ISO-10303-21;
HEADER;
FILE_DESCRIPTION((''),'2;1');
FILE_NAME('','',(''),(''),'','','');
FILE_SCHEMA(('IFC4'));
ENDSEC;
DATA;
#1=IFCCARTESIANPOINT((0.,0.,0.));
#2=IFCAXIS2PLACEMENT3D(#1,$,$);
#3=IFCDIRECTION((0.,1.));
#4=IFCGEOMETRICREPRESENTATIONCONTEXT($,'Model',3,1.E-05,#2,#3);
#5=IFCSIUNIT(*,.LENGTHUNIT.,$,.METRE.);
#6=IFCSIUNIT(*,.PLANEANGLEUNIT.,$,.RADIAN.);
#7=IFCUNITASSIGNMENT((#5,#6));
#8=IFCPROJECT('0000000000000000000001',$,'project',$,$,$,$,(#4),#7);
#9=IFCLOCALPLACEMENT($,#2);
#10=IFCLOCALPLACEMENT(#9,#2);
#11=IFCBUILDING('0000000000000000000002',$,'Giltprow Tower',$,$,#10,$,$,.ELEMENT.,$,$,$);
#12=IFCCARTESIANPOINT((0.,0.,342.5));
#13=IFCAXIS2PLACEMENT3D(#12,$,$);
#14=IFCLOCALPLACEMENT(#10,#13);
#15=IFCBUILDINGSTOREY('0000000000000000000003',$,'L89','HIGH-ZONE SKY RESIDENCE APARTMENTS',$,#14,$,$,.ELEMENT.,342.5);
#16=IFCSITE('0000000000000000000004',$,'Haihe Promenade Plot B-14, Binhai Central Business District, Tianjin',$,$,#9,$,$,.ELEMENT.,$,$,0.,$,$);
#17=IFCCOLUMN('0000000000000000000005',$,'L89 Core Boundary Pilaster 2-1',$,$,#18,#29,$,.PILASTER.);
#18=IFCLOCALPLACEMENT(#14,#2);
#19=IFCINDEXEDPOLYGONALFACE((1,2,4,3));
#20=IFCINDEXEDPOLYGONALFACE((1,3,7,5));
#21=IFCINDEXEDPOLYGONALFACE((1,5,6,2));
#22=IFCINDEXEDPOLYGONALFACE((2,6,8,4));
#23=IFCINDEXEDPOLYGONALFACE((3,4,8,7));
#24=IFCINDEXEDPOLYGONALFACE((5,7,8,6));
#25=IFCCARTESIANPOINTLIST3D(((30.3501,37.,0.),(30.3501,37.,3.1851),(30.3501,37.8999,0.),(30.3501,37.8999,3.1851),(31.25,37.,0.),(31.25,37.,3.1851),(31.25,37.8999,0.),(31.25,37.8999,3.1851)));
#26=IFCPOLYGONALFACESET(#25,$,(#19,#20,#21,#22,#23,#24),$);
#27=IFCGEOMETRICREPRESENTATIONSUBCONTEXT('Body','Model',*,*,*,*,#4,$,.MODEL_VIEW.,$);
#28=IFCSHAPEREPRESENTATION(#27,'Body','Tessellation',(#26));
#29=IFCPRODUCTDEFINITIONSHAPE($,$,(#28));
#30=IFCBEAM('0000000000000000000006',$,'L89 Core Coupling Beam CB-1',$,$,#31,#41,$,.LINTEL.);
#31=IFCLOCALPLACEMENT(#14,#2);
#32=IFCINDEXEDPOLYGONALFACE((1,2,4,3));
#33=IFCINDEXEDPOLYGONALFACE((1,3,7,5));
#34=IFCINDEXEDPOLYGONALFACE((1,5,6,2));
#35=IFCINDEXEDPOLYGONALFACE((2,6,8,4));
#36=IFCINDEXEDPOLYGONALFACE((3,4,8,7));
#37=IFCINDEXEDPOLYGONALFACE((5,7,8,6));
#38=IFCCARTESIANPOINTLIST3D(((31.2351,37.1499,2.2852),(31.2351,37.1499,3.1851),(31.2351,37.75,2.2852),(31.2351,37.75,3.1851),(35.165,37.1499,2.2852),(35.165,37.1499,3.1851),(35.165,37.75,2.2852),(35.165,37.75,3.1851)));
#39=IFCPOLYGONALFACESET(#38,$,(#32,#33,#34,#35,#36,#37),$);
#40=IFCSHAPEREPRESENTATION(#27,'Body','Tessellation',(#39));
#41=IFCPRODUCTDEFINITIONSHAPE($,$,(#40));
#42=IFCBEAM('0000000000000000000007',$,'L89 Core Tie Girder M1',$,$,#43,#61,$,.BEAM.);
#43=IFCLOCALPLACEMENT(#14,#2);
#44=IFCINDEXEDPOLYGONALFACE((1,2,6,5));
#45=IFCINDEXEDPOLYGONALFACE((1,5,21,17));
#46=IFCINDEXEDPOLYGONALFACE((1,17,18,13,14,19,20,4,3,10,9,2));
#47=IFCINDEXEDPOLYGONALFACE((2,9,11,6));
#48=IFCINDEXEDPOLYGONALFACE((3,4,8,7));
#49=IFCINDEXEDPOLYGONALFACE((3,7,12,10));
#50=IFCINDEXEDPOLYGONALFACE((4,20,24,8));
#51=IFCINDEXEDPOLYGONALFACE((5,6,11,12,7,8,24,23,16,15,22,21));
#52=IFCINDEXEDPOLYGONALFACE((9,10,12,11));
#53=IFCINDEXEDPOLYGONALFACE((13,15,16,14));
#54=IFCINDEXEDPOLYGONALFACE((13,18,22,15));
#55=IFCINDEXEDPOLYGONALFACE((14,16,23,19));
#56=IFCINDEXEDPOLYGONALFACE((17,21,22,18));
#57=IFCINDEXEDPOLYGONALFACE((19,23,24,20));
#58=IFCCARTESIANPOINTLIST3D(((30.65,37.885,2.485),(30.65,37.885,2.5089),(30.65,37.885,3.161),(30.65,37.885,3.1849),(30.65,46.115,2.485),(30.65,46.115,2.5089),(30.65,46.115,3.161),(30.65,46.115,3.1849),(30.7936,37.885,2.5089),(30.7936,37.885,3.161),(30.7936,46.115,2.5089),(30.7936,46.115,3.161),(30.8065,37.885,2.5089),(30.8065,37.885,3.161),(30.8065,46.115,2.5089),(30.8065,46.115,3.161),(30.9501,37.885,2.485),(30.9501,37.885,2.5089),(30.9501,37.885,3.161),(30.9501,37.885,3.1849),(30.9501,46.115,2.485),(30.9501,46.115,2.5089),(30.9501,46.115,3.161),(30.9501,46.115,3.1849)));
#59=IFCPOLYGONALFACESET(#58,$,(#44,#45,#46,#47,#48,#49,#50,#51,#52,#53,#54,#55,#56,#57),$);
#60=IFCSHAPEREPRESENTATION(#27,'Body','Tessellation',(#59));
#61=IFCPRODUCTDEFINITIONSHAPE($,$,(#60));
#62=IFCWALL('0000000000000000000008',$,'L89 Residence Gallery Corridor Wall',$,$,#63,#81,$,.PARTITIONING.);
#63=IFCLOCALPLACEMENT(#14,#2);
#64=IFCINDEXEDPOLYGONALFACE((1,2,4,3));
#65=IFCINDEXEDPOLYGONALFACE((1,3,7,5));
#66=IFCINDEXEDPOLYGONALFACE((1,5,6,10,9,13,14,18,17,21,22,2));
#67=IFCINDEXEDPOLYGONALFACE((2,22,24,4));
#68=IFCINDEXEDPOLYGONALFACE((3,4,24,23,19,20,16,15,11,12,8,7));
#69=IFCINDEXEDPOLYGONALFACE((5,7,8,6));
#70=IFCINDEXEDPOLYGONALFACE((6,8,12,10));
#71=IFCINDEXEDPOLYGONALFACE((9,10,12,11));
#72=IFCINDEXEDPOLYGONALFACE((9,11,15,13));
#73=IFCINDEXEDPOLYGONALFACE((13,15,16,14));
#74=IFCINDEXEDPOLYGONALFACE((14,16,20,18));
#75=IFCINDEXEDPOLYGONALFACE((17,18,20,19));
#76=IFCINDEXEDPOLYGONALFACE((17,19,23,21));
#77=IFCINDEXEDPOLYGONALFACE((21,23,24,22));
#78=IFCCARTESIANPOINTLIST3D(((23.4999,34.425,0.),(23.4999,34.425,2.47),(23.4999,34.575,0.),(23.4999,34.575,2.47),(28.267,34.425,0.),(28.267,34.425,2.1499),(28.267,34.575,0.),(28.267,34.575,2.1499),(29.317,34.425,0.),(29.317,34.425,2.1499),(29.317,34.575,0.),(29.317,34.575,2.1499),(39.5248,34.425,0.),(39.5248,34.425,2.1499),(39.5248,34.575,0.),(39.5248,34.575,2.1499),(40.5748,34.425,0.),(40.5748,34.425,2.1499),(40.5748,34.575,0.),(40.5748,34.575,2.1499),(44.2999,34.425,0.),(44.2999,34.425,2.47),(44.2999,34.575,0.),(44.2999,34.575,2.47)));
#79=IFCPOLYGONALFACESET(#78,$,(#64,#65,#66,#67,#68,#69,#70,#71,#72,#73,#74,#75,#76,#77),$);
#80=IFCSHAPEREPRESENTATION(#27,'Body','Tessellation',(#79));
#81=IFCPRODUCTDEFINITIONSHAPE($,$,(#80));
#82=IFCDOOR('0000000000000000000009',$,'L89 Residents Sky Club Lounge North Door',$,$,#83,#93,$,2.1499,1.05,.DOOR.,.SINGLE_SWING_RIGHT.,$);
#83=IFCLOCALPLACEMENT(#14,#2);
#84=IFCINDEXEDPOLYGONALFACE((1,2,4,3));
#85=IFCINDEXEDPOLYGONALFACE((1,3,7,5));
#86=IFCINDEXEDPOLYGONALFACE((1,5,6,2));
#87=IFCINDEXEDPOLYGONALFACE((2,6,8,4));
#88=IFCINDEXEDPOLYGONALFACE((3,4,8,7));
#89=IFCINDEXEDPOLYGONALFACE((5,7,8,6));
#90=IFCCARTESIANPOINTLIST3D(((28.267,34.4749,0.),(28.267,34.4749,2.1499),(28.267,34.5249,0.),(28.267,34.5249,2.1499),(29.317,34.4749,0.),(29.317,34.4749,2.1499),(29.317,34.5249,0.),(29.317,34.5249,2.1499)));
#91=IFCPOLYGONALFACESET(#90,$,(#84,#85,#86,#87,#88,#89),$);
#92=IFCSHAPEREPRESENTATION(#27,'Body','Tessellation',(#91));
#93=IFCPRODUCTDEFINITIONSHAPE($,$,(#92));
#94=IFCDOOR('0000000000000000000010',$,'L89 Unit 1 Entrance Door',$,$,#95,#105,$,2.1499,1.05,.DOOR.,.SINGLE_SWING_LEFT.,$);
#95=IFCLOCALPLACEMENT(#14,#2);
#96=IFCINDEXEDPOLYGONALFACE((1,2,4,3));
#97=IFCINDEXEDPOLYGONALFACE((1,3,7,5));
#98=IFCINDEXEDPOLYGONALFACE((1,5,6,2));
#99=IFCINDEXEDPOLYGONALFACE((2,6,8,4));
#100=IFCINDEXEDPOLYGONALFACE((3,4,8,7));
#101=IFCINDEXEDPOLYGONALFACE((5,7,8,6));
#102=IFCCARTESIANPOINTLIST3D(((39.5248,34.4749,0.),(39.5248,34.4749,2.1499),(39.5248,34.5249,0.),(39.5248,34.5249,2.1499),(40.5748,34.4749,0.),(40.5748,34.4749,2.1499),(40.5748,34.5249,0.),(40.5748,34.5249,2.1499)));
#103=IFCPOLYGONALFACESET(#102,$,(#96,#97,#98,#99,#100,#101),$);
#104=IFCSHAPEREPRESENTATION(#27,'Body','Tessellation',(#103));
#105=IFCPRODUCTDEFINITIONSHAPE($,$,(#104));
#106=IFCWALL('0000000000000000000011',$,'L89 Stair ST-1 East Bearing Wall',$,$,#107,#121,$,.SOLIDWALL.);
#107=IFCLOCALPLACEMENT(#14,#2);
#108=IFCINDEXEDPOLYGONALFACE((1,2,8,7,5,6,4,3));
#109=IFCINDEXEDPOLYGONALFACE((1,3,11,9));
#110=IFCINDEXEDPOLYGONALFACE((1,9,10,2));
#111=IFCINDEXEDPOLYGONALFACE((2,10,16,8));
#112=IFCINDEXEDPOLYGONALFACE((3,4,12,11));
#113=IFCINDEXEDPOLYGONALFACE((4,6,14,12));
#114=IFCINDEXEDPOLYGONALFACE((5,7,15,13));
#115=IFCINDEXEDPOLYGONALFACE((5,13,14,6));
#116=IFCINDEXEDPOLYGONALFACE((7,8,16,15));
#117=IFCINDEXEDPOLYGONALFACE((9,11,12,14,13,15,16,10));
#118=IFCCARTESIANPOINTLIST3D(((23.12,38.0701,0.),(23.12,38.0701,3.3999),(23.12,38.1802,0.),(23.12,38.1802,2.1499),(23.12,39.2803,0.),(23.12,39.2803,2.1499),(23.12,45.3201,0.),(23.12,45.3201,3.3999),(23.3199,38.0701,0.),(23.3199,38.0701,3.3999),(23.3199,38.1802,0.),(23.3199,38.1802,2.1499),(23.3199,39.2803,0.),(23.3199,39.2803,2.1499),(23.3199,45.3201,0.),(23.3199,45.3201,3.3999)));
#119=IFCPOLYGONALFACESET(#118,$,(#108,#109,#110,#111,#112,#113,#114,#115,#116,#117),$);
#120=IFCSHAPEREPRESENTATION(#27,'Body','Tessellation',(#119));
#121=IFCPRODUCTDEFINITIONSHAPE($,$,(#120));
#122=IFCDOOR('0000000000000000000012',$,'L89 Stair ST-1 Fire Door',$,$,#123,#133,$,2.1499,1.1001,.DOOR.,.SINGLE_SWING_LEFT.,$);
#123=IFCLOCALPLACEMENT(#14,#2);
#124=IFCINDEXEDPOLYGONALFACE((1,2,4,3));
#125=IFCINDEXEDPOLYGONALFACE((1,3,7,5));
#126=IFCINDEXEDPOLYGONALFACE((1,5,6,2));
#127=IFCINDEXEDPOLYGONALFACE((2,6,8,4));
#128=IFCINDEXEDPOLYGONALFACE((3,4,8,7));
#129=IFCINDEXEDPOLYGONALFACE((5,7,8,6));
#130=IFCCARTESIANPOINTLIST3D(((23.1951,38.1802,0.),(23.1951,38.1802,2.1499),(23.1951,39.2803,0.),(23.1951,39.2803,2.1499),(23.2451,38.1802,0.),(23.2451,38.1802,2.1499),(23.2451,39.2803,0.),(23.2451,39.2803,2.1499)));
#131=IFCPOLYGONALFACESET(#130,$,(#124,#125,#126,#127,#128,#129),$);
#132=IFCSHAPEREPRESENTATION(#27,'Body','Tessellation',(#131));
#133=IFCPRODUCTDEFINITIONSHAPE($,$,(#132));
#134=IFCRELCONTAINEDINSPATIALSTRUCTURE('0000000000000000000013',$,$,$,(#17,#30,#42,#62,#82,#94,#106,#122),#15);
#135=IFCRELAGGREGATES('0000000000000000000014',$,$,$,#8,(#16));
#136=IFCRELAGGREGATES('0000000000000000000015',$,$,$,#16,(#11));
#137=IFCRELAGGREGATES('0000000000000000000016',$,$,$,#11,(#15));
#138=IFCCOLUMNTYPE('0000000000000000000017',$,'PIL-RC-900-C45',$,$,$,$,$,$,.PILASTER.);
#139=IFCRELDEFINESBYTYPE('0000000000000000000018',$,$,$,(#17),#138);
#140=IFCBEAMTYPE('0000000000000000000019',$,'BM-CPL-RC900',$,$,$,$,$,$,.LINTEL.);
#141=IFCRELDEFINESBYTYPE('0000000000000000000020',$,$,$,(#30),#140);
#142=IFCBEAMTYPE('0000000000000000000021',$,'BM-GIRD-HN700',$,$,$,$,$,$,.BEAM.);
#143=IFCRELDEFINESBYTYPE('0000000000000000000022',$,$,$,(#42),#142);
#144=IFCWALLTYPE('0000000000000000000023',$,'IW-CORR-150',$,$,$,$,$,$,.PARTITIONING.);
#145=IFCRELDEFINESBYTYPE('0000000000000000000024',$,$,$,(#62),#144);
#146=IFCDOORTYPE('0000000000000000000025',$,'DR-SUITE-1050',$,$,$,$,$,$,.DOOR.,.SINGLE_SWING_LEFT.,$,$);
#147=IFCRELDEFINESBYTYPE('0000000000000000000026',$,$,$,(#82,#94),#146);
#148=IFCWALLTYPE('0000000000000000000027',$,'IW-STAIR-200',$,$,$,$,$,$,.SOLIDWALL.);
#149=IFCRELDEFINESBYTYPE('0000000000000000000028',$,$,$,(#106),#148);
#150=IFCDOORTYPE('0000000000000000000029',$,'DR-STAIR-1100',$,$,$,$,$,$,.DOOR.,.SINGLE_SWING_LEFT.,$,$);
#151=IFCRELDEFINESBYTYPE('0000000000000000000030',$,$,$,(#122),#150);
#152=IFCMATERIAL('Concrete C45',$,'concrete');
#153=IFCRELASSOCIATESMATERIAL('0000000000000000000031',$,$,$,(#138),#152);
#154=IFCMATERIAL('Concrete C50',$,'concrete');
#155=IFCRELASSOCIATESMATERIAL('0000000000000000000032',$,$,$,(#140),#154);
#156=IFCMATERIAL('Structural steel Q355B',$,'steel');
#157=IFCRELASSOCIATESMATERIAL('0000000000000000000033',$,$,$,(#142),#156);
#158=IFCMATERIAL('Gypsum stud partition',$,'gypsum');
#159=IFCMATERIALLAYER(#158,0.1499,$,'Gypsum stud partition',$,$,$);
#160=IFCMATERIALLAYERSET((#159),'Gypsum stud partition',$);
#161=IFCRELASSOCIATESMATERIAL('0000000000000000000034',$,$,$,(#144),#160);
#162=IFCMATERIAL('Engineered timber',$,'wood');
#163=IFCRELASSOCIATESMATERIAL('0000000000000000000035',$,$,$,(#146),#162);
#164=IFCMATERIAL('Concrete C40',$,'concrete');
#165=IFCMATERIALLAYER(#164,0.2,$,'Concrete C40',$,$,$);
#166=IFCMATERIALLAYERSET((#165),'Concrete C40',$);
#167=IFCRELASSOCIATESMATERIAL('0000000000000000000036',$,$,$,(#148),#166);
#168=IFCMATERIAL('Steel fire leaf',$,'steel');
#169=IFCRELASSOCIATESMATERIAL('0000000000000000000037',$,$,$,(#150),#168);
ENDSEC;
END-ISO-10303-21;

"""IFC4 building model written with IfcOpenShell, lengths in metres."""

from ifc_helpers import new_model, si_unit, direction, frame, frame_2d, origin, origin_2d, place, context, subcontext, project, spatial, rectangle, i_section, extrude, source, transform, mapped, material, layer, layer_set, material_profile, profile_set, type_object, element, fill, save


model = new_model("IFC4")

# Units and contexts
model_context = context("Model", 3, precision=1e-05, world=origin(), true_north=direction((0.0, 1.0)))
body_context = subcontext(model_context, "Body", "Model", "MODEL_VIEW")
ifc_project = project(units=[si_unit("LENGTHUNIT", "METRE"), si_unit("PLANEANGLEUNIT", "RADIAN")], contexts=[model_context])

# Site, building, storey
site_placement = place(None, origin())
site = spatial("IfcSite", under=ifc_project, at=site_placement, Name="Haihe Promenade Plot B-14, Binhai Central Business District, Tianjin", CompositionType="ELEMENT", RefElevation=0.0)
building_placement = place(site_placement, origin())
building = spatial("IfcBuilding", under=site, at=building_placement, Name="Giltprow Tower", CompositionType="ELEMENT")
storey_placement = place(building_placement, frame((0.0, 0.0, 342.5)))
storey = spatial("IfcBuildingStorey", under=building, at=storey_placement, Name="L89", Description="HIGH-ZONE SKY RESIDENCE APARTMENTS", CompositionType="ELEMENT", Elevation=342.5)

# Column
ifc_material_1 = material(Name="Concrete C45", Category="concrete")
ifc_material_profile_1 = material_profile(ifc_material_1, rectangle(XDim=0.8999, YDim=0.8999, at=origin_2d()), Name="RC 900x900")
ifc_profile_set_1 = profile_set([ifc_material_profile_1], Name="Concrete C45")
column_type = type_object("IfcColumnType", Name="PIL-RC-900-C45", PredefinedType="PILASTER", material=ifc_profile_set_1)
shared_shape_1 = source(origin(), body_context, "Body", "SweptSolid", [
    extrude(rectangle(XDim=0.8999, YDim=0.8999, at=origin_2d()), origin(), (0.0, 0.0, 1.0), 3.1851),
])
column_placement = place(storey_placement, frame((30.8, 37.45, 0.0), z_axis=(0.0, 0.0, 1.0), x_axis=(1.0, 0.0, 0.0)))
element("IfcColumn", 1, at=column_placement, inside=storey, type_object=column_type, Name="L89 Core Boundary Pilaster 2-1", PredefinedType="PILASTER", context=body_context, shape_type="MappedRepresentation", body=[
    mapped(shared_shape_1, transform((0.0, 0.0, 0.0), x_axis=(1.0, 0.0, 0.0), y_axis=(0.0, 1.0, 0.0), z_axis=(0.0, 0.0, 1.0), scale=1.0)),
])

# Beams
ifc_material_2 = material(Name="Concrete C50", Category="concrete")
ifc_material_profile_2 = material_profile(ifc_material_2, rectangle(XDim=0.6001, YDim=0.8999, at=origin_2d()), Name="RC 900x600")
ifc_profile_set_2 = profile_set([ifc_material_profile_2], Name="Concrete C50")
beam_type_1 = type_object("IfcBeamType", Name="BM-CPL-RC900", PredefinedType="LINTEL", material=ifc_profile_set_2)
shared_shape_2 = source(origin(), body_context, "Body", "SweptSolid", [
    extrude(rectangle(XDim=0.6001, YDim=0.8999, at=origin_2d()), origin(), (0.0, 0.0, 1.0), 3.9299),
])
beam_1_placement = place(storey_placement, frame((31.2351, 37.45, 2.7351), z_axis=(1.0, 0.0, 0.0), x_axis=(0.0, 1.0, 0.0)))
element("IfcBeam", 2, at=beam_1_placement, inside=storey, type_object=beam_type_1, Name="L89 Core Coupling Beam CB-1", PredefinedType="LINTEL", context=body_context, shape_type="MappedRepresentation", body=[
    mapped(shared_shape_2, transform((0.0, 0.0, 0.0), x_axis=(1.0, 0.0, 0.0), y_axis=(0.0, 1.0, 0.0), z_axis=(0.0, 0.0, 1.0), scale=1.0)),
])
ifc_material_3 = material(Name="Structural steel Q355B", Category="steel")
ifc_material_profile_3 = material_profile(ifc_material_3, i_section(OverallWidth=0.3, OverallDepth=0.7, WebThickness=0.0129, FlangeThickness=0.0239, at=origin_2d()), Name="HN 700x300x13x24")
ifc_profile_set_3 = profile_set([ifc_material_profile_3], Name="Structural steel Q355B")
beam_type_2 = type_object("IfcBeamType", Name="BM-GIRD-HN700", PredefinedType="BEAM", material=ifc_profile_set_3)
shared_shape_3 = source(origin(), body_context, "Body", "SweptSolid", [
    extrude(i_section(OverallWidth=0.3, OverallDepth=0.7, WebThickness=0.0129, FlangeThickness=0.0239, at=origin_2d()), origin(), (0.0, 0.0, 1.0), 8.23),
])
beam_2_placement = place(storey_placement, frame((30.8, 37.885, 2.835), z_axis=(0.0, 1.0, 0.0), x_axis=(-1.0, 0.0, 0.0)))
element("IfcBeam", 3, at=beam_2_placement, inside=storey, type_object=beam_type_2, Name="L89 Core Tie Girder M1", PredefinedType="BEAM", context=body_context, shape_type="MappedRepresentation", body=[
    mapped(shared_shape_3, transform((0.0, 0.0, 0.0), x_axis=(1.0, 0.0, 0.0), y_axis=(0.0, 1.0, 0.0), z_axis=(0.0, 0.0, 1.0), scale=1.0)),
])

# Wall, openings, doors
ifc_material_4 = material(Name="Gypsum stud partition", Category="gypsum")
ifc_layer_1 = layer(ifc_material_4, 0.1499, Name="Gypsum stud partition")
ifc_layer_set_1 = layer_set([ifc_layer_1], Name="Gypsum stud partition")
wall_type_1 = type_object("IfcWallType", Name="IW-CORR-150", PredefinedType="PARTITIONING", material=ifc_layer_set_1)
wall_1_placement = place(storey_placement, frame((23.5, 34.5, 0.0), z_axis=(0.0, 0.0, 1.0), x_axis=(1.0, 0.0, 0.0)))
wall_1 = element("IfcWall", 4, at=wall_1_placement, inside=storey, type_object=wall_type_1, Name="L89 Residence Gallery Corridor Wall", PredefinedType="PARTITIONING", context=body_context, shape_type="SweptSolid", body=[
    extrude(rectangle(XDim=20.8, YDim=0.1499, at=frame_2d((10.3999, 0.0))), origin(), (0.0, 0.0, 1.0), 2.47),
])
opening_1_placement = place(wall_1_placement, frame((4.7671, 0.0, 0.0)))
opening_1 = element("IfcOpeningElement", 5, at=opening_1_placement, cuts=wall_1, PredefinedType="OPENING", context=body_context, shape_type="SweptSolid", body=[
    extrude(rectangle(XDim=1.05, YDim=2.1499, at=frame_2d((0.5249, 1.075))), frame((0.0, 0.085, 0.0), z_axis=(0.0, -1.0, 0.0), x_axis=(1.0, 0.0, 0.0)), (0.0, 0.0, 1.0), 0.1699),
])
opening_2_placement = place(wall_1_placement, frame((16.0249, 0.0, 0.0)))
opening_2 = element("IfcOpeningElement", 6, at=opening_2_placement, cuts=wall_1, PredefinedType="OPENING", context=body_context, shape_type="SweptSolid", body=[
    extrude(rectangle(XDim=1.05, YDim=2.1499, at=frame_2d((0.5249, 1.075))), frame((0.0, 0.085, 0.0), z_axis=(0.0, -1.0, 0.0), x_axis=(1.0, 0.0, 0.0)), (0.0, 0.0, 1.0), 0.1699),
])
ifc_material_5 = material(Name="Engineered timber", Category="wood")
door_type_1 = type_object("IfcDoorType", Name="DR-SUITE-1050", OperationType="SINGLE_SWING_LEFT", PredefinedType="DOOR", material=ifc_material_5)
shared_shape_4 = source(origin(), body_context, "Body", "SweptSolid", [
    extrude(rectangle(XDim=1.05, YDim=2.1499, at=frame_2d((0.5249, 1.075))), frame((0.0, 0.0249, 0.0), z_axis=(0.0, -1.0, 0.0), x_axis=(1.0, 0.0, 0.0)), (0.0, 0.0, 1.0), 0.05),
])
door_1_placement = place(opening_1_placement, origin())
door_1 = element("IfcDoor", 7, at=door_1_placement, inside=storey, type_object=door_type_1, Name="L89 Residents Sky Club Lounge North Door", OperationType="SINGLE_SWING_RIGHT", OverallHeight=2.1499, OverallWidth=1.05, PredefinedType="DOOR", context=body_context, shape_type="MappedRepresentation", body=[
    mapped(shared_shape_4, transform((0.0, 0.0, 0.0), x_axis=(1.0, 0.0, 0.0), y_axis=(0.0, 1.0, 0.0), z_axis=(0.0, 0.0, 1.0), scale=1.0)),
])
fill(opening_1, door_1)
door_2_placement = place(opening_2_placement, origin())
door_2 = element("IfcDoor", 8, at=door_2_placement, inside=storey, type_object=door_type_1, Name="L89 Unit 1 Entrance Door", OperationType="SINGLE_SWING_LEFT", OverallHeight=2.1499, OverallWidth=1.05, PredefinedType="DOOR", context=body_context, shape_type="MappedRepresentation", body=[
    mapped(shared_shape_4, transform((0.0, 0.0, 0.0), x_axis=(1.0, 0.0, 0.0), y_axis=(0.0, 1.0, 0.0), z_axis=(0.0, 0.0, 1.0), scale=1.0)),
])
fill(opening_2, door_2)

# Wall, opening, door
ifc_material_6 = material(Name="Concrete C40", Category="concrete")
ifc_layer_2 = layer(ifc_material_6, 0.2, Name="Concrete C40")
ifc_layer_set_2 = layer_set([ifc_layer_2], Name="Concrete C40")
wall_type_2 = type_object("IfcWallType", Name="IW-STAIR-200", PredefinedType="SOLIDWALL", material=ifc_layer_set_2)
wall_2_placement = place(storey_placement, frame((23.22, 38.0701, 0.0), z_axis=(0.0, 0.0, 1.0), x_axis=(0.0, 1.0, 0.0)))
wall_2 = element("IfcWall", 9, at=wall_2_placement, inside=storey, type_object=wall_type_2, Name="L89 Stair ST-1 East Bearing Wall", PredefinedType="SOLIDWALL", context=body_context, shape_type="SweptSolid", body=[
    extrude(rectangle(XDim=7.25, YDim=0.2, at=frame_2d((3.625, 0.0))), origin(), (0.0, 0.0, 1.0), 3.3999),
])
opening_3_placement = place(wall_2_placement, frame((0.1101, 0.0, 0.0)))
opening_3 = element("IfcOpeningElement", 10, at=opening_3_placement, cuts=wall_2, PredefinedType="OPENING", context=body_context, shape_type="SweptSolid", body=[
    extrude(rectangle(XDim=1.1001, YDim=2.1499, at=frame_2d((0.55, 1.075))), frame((0.0, 0.1099, 0.0), z_axis=(0.0, -1.0, 0.0), x_axis=(1.0, 0.0, 0.0)), (0.0, 0.0, 1.0), 0.22),
])
ifc_material_7 = material(Name="Steel fire leaf", Category="steel")
door_type_2 = type_object("IfcDoorType", Name="DR-STAIR-1100", OperationType="SINGLE_SWING_LEFT", PredefinedType="DOOR", material=ifc_material_7)
shared_shape_5 = source(origin(), body_context, "Body", "SweptSolid", [
    extrude(rectangle(XDim=1.1001, YDim=2.1499, at=frame_2d((0.55, 1.075))), frame((0.0, 0.0249, 0.0), z_axis=(0.0, -1.0, 0.0), x_axis=(1.0, 0.0, 0.0)), (0.0, 0.0, 1.0), 0.05),
])
door_3_placement = place(opening_3_placement, origin())
door_3 = element("IfcDoor", 11, at=door_3_placement, inside=storey, type_object=door_type_2, Name="L89 Stair ST-1 Fire Door", OperationType="SINGLE_SWING_LEFT", OverallHeight=2.1499, OverallWidth=1.1001, PredefinedType="DOOR", context=body_context, shape_type="MappedRepresentation", body=[
    mapped(shared_shape_5, transform((0.0, 0.0, 0.0), x_axis=(1.0, 0.0, 0.0), y_axis=(0.0, 1.0, 0.0), z_axis=(0.0, 0.0, 1.0), scale=1.0)),
])
fill(opening_3, door_3)

save(model, "model.ifc")
